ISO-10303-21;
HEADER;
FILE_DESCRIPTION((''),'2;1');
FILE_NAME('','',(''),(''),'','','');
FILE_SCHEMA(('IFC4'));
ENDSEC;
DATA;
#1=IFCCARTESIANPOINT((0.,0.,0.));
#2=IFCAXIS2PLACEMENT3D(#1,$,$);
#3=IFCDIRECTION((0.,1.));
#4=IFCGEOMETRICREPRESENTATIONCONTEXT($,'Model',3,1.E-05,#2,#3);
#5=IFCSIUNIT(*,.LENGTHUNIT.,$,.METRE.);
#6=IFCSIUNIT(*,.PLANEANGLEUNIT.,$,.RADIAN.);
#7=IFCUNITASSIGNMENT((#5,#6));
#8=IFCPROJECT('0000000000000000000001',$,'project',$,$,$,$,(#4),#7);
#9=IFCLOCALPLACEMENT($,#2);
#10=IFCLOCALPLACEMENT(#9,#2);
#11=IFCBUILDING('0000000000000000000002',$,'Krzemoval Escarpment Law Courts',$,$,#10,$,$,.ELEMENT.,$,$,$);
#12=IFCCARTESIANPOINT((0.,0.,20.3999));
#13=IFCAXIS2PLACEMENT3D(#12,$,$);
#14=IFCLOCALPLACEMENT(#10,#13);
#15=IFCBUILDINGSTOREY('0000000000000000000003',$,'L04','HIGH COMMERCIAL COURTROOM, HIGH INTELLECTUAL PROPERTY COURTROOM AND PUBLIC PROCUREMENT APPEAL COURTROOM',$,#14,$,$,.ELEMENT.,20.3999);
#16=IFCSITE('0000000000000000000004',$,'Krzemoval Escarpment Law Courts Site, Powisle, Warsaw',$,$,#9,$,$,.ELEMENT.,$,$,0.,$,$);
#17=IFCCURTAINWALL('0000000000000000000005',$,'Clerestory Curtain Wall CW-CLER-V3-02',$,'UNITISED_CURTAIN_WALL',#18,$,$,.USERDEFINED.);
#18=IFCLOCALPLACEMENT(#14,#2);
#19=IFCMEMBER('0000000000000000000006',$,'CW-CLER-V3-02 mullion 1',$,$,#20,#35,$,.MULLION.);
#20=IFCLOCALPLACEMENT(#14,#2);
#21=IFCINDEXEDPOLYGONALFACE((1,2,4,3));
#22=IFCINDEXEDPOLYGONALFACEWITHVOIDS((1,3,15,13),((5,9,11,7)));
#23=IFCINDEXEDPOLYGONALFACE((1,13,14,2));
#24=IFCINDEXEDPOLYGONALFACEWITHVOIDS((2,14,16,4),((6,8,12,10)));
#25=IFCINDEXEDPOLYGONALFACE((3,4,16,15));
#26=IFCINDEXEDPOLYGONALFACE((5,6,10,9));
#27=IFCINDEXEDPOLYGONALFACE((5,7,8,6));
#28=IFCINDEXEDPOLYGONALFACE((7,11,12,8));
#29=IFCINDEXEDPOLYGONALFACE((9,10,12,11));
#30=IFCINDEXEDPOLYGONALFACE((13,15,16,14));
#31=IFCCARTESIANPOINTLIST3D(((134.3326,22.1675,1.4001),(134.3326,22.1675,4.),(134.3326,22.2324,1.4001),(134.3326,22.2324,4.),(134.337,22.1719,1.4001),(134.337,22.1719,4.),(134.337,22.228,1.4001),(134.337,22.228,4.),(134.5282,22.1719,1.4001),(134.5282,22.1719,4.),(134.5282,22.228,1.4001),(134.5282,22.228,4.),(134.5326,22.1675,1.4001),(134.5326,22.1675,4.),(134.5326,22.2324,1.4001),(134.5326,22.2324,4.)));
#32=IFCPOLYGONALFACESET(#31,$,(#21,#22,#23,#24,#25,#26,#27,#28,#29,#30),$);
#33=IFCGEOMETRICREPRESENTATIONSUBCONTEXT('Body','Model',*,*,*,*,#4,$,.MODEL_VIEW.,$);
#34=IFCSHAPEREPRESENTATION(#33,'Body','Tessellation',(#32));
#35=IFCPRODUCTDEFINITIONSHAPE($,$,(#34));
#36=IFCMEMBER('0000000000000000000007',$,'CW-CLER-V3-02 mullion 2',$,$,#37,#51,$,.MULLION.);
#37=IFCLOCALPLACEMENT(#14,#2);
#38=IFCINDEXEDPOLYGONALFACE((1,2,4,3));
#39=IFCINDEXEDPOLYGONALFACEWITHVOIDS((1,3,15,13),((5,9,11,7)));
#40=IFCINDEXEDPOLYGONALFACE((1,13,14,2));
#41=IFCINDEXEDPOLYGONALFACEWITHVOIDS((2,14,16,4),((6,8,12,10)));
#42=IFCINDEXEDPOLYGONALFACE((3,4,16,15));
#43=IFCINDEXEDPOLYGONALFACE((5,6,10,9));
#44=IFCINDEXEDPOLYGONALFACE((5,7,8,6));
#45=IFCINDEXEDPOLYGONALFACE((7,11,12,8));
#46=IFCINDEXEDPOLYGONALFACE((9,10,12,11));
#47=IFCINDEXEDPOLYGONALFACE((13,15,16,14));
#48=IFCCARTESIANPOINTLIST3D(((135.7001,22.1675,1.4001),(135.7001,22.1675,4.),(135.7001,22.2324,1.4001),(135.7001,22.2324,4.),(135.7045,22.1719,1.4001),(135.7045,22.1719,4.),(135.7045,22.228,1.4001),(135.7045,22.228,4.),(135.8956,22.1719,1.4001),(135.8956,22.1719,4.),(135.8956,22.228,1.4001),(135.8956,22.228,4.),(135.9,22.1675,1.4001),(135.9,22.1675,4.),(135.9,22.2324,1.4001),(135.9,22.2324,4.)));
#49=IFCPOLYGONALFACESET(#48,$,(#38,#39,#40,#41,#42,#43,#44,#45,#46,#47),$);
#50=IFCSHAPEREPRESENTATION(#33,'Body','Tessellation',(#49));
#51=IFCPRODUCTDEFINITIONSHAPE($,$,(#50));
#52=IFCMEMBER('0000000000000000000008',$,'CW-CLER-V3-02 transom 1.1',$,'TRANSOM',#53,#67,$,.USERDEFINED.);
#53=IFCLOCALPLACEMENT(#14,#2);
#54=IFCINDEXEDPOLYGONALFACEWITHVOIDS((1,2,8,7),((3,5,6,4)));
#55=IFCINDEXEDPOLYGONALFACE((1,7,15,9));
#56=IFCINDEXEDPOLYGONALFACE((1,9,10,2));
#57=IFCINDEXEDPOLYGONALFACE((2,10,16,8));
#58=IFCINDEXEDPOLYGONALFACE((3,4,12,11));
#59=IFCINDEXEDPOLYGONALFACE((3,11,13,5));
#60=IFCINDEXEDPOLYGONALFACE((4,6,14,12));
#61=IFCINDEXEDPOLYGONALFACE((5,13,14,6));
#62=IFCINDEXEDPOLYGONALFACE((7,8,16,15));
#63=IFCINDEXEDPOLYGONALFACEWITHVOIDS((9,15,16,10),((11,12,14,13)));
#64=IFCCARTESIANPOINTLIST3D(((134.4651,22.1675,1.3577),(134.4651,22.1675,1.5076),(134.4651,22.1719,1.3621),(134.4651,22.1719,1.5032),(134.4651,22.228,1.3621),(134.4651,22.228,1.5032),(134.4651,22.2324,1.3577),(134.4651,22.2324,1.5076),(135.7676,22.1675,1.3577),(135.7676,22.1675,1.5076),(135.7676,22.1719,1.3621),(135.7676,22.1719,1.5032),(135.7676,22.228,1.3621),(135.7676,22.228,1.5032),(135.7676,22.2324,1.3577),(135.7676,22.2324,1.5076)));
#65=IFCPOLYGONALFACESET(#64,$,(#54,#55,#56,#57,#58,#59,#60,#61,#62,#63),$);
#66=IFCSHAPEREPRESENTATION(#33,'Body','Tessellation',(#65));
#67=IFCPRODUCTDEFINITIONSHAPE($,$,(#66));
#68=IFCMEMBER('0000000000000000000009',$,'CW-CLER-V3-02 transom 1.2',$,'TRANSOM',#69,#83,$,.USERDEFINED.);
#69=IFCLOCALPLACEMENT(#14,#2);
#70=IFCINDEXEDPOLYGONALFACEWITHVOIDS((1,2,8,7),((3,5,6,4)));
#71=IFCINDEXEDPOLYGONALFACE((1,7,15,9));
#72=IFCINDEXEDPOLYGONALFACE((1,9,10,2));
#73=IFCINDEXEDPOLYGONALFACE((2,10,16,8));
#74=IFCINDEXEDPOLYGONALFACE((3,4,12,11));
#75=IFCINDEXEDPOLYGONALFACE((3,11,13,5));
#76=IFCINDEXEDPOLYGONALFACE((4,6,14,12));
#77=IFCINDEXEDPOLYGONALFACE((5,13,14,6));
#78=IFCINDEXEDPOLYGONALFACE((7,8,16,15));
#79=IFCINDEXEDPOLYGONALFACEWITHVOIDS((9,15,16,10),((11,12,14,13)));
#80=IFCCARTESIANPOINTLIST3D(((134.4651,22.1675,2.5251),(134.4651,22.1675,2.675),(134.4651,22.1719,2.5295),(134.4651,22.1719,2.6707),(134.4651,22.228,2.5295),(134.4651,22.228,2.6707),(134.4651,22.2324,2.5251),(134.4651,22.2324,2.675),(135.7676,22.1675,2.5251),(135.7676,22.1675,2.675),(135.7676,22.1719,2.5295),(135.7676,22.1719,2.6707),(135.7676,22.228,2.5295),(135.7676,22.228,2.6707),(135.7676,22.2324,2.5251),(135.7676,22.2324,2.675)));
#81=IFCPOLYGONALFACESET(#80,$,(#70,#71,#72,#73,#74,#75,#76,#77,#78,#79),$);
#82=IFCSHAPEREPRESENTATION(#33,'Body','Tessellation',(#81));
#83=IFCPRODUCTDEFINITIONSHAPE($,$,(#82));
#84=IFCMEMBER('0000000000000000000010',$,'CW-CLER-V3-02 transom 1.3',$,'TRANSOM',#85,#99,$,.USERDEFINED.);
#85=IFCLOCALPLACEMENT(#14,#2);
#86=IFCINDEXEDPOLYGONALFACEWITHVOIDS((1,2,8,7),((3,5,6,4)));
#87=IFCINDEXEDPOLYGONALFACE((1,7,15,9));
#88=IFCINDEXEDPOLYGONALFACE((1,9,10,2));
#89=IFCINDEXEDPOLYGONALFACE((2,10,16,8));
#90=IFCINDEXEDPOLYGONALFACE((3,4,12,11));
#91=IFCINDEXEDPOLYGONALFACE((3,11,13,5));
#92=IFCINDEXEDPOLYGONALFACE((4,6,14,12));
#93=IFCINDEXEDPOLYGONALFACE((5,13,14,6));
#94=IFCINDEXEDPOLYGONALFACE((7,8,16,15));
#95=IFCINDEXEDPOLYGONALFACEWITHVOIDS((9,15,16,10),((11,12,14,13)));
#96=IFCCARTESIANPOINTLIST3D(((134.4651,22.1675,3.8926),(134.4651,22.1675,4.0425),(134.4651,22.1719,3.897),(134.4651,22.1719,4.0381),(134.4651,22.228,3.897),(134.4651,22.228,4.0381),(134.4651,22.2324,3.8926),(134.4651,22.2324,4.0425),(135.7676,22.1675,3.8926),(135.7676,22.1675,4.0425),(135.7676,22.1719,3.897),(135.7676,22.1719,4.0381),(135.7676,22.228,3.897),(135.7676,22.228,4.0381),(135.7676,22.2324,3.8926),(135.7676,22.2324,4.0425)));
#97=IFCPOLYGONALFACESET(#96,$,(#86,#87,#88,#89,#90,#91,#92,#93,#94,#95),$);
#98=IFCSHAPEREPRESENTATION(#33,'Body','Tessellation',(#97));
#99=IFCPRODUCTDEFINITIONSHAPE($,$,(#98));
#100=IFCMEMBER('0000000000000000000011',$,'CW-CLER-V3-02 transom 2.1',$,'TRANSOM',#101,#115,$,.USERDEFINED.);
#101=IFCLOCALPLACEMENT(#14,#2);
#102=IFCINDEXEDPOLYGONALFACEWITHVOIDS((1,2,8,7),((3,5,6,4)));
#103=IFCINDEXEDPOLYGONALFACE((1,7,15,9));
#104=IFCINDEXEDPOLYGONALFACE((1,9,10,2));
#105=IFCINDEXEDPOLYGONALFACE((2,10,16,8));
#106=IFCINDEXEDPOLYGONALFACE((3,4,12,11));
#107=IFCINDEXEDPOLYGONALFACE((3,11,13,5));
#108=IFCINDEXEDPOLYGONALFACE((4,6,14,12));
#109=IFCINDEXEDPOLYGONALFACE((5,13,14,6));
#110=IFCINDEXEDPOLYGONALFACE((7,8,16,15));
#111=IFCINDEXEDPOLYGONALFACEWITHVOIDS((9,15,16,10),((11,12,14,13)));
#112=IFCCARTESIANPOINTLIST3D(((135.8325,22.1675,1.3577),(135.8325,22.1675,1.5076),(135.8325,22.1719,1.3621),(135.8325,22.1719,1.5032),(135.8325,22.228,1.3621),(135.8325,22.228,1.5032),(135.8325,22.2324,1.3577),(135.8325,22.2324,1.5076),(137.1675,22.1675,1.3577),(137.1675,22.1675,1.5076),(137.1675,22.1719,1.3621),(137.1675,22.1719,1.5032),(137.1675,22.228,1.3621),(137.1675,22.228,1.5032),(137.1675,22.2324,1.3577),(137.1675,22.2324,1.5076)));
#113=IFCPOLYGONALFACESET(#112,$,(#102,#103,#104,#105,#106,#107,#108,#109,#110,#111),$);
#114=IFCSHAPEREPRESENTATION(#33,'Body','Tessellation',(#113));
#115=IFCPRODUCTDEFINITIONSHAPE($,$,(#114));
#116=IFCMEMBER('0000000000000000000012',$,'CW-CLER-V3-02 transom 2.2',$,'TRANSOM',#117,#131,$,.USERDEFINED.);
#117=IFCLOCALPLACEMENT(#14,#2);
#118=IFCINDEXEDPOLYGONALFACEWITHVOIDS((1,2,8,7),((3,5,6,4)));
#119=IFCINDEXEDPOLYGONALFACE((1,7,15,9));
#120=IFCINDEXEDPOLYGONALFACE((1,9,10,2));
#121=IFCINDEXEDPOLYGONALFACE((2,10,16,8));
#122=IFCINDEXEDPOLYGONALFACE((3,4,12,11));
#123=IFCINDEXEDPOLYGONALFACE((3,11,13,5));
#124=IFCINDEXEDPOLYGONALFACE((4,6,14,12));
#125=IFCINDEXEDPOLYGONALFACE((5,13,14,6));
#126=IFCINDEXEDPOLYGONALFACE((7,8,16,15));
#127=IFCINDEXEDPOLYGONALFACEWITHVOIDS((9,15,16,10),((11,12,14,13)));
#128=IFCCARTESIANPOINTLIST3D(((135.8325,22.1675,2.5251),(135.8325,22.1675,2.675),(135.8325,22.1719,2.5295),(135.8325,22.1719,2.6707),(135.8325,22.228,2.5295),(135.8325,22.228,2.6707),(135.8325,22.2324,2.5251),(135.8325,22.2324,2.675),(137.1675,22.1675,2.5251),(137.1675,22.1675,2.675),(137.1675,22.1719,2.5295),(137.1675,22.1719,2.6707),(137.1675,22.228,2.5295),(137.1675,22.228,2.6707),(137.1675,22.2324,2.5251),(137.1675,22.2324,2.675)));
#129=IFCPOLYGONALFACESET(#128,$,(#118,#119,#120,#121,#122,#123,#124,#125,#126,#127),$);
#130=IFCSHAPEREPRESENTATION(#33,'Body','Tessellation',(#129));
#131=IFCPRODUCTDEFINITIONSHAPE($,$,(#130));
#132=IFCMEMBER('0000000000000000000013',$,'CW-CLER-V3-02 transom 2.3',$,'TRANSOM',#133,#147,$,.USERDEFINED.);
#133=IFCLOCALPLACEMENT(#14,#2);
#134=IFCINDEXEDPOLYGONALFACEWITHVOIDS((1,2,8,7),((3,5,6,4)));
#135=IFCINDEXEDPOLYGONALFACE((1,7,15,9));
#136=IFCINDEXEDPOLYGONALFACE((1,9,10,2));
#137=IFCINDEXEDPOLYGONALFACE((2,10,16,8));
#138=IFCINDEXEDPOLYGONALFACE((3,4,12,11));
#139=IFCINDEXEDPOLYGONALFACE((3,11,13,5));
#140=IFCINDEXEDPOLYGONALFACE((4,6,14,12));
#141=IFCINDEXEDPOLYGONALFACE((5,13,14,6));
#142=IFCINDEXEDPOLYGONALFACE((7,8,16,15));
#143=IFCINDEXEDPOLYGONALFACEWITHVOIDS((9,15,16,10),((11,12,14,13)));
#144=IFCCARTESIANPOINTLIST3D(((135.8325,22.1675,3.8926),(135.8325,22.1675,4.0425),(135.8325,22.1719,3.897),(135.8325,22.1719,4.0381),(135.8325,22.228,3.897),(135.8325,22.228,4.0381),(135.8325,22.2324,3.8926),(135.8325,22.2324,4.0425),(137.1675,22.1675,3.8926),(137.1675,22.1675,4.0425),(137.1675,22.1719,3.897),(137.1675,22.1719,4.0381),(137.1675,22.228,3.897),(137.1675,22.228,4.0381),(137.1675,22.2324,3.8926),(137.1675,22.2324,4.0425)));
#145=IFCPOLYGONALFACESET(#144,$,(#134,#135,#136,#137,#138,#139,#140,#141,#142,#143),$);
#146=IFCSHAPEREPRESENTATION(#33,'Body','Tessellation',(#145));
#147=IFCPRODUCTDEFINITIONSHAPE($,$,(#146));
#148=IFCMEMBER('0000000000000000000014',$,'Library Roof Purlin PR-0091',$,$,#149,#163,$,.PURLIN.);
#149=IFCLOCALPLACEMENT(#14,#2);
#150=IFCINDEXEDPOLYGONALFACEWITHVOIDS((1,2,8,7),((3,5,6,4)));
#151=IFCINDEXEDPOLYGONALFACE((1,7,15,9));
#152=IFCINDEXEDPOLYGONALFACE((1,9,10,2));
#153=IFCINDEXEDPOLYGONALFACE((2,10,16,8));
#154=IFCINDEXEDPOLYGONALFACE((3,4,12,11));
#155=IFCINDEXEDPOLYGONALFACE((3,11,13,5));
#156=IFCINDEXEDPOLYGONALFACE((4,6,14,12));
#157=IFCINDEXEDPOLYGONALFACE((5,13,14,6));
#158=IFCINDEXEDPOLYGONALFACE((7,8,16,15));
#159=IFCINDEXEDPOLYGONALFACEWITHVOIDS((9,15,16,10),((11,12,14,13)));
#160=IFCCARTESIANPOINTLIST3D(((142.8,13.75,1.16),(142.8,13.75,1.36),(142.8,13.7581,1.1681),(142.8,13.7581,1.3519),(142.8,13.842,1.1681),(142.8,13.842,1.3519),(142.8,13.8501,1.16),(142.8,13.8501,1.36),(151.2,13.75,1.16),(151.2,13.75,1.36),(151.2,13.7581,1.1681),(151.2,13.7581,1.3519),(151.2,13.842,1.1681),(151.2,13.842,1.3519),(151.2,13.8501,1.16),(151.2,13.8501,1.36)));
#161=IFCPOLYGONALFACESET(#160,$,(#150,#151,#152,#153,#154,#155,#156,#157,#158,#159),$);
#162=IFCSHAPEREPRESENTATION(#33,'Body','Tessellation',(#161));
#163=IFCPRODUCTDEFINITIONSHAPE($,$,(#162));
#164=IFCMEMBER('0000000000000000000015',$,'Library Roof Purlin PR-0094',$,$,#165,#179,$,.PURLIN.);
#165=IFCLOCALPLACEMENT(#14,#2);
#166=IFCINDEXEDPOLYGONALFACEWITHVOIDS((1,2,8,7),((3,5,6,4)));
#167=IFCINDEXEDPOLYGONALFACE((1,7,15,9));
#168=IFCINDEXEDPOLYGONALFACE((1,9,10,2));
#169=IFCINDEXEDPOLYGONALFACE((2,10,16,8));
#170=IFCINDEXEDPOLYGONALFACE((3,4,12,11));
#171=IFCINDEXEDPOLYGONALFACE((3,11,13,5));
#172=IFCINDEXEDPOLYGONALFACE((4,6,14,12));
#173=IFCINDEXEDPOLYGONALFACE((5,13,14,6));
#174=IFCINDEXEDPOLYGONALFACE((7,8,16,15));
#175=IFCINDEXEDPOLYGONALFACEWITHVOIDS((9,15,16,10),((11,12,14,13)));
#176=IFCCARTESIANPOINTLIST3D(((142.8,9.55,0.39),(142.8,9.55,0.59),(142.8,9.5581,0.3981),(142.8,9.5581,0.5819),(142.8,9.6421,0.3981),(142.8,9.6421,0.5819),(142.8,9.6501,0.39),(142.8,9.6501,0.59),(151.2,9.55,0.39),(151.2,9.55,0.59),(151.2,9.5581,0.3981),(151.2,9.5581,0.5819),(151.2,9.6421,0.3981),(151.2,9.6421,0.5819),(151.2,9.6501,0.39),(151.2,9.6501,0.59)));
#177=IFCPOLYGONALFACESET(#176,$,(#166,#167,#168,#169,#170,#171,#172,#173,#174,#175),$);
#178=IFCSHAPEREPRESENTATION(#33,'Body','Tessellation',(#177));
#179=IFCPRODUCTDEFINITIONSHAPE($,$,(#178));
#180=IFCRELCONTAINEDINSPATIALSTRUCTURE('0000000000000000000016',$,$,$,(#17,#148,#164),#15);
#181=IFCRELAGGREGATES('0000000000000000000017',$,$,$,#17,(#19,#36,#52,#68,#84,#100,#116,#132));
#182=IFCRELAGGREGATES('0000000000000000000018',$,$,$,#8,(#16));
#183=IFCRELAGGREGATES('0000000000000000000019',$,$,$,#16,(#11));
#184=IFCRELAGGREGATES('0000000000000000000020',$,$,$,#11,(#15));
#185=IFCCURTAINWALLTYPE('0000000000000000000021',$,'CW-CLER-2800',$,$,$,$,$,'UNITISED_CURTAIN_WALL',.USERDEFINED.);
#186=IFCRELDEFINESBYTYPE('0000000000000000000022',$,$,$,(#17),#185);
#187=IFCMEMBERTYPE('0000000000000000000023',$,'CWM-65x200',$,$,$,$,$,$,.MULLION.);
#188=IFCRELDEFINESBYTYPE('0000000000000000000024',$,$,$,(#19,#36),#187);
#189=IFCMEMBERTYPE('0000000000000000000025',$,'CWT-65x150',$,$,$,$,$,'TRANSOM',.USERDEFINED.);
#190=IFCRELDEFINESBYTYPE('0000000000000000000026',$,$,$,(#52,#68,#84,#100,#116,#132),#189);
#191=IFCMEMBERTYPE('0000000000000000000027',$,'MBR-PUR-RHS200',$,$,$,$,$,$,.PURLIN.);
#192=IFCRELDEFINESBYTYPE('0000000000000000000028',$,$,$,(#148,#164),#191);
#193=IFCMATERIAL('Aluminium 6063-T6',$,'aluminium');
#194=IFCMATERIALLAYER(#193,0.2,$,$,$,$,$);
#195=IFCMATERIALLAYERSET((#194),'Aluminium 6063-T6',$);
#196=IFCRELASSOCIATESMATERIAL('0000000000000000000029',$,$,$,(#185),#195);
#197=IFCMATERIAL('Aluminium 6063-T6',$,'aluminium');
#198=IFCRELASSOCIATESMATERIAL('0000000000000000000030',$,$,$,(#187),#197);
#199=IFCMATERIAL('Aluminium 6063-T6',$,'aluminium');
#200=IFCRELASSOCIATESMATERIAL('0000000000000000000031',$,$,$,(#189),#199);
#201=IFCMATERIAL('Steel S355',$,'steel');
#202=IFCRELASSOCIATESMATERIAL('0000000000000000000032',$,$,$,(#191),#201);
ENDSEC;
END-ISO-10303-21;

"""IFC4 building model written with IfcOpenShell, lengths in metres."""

from ifc_helpers import new_model, si_unit, direction, frame, origin, origin_2d, place, context, subcontext, project, spatial, hollow_rectangle, extrude, material, layer, layer_set, material_profile, profile_set, type_object, element, aggregate, save


model = new_model("IFC4")

# Units and contexts
model_context = context("Model", 3, precision=1e-05, world=origin(), true_north=direction((0.0, 1.0)))
body_context = subcontext(model_context, "Body", "Model", "MODEL_VIEW")
ifc_project = project(units=[si_unit("LENGTHUNIT", "METRE"), si_unit("PLANEANGLEUNIT", "RADIAN")], contexts=[model_context])

# Site, building, storey
site_placement = place(None, origin())
site = spatial("IfcSite", under=ifc_project, at=site_placement, Name="Krzemoval Escarpment Law Courts Site, Powisle, Warsaw", CompositionType="ELEMENT", RefElevation=0.0)
building_placement = place(site_placement, origin())
building = spatial("IfcBuilding", under=site, at=building_placement, Name="Krzemoval Escarpment Law Courts", CompositionType="ELEMENT")
storey_placement = place(building_placement, frame((0.0, 0.0, 20.3999)))
storey = spatial("IfcBuildingStorey", under=building, at=storey_placement, Name="L04", Description="HIGH COMMERCIAL COURTROOM, HIGH INTELLECTUAL PROPERTY COURTROOM AND PUBLIC PROCUREMENT APPEAL COURTROOM", CompositionType="ELEMENT", Elevation=20.3999)

# Curtain wall, members
ifc_material_1 = material(Name="Aluminium 6063-T6", Category="aluminium")
ifc_layer_1 = layer(ifc_material_1, 0.2)
ifc_layer_set_1 = layer_set([ifc_layer_1], Name="Aluminium 6063-T6")
curtain_wall_type = type_object("IfcCurtainWallType", Name="CW-CLER-2800", ElementType="UNITISED_CURTAIN_WALL", PredefinedType="USERDEFINED", material=ifc_layer_set_1)
curtain_wall_placement = place(storey_placement, origin())
curtain_wall = element("IfcCurtainWall", 1, at=curtain_wall_placement, inside=storey, type_object=curtain_wall_type, Name="Clerestory Curtain Wall CW-CLER-V3-02", ObjectType="UNITISED_CURTAIN_WALL", PredefinedType="USERDEFINED")
ifc_material_2 = material(Name="Aluminium 6063-T6", Category="aluminium")
ifc_material_profile_1 = material_profile(ifc_material_2, hollow_rectangle(XDim=0.0649, YDim=0.2, WallThickness=0.0044, at=origin_2d()), Name="ALU M65x200")
ifc_profile_set_1 = profile_set([ifc_material_profile_1], Name="Aluminium 6063-T6")
member_type_1 = type_object("IfcMemberType", Name="CWM-65x200", PredefinedType="MULLION", material=ifc_profile_set_1)
member_1_placement = place(storey_placement, frame((134.4326, 22.2, 1.4001), z_axis=(0.0, 0.0, 1.0), x_axis=(0.0, 1.0, 0.0)))
member_1 = element("IfcMember", 2, at=member_1_placement, type_object=member_type_1, Name="CW-CLER-V3-02 mullion 1", PredefinedType="MULLION", context=body_context, shape_type="SweptSolid", body=[
    extrude(hollow_rectangle(XDim=0.0649, YDim=0.2, WallThickness=0.0044, at=origin_2d()), origin(), (0.0, 0.0, 1.0), 2.5999),
])
member_2_placement = place(storey_placement, frame((135.8, 22.2, 1.4001), z_axis=(0.0, 0.0, 1.0), x_axis=(0.0, 1.0, 0.0)))
member_2 = element("IfcMember", 3, at=member_2_placement, type_object=member_type_1, Name="CW-CLER-V3-02 mullion 2", PredefinedType="MULLION", context=body_context, shape_type="SweptSolid", body=[
    extrude(hollow_rectangle(XDim=0.0649, YDim=0.2, WallThickness=0.0044, at=origin_2d()), origin(), (0.0, 0.0, 1.0), 2.5999),
])
ifc_material_3 = material(Name="Aluminium 6063-T6", Category="aluminium")
ifc_material_profile_2 = material_profile(ifc_material_3, hollow_rectangle(XDim=0.0649, YDim=0.1499, WallThickness=0.0044, at=origin_2d()), Name="ALU T65x150")
ifc_profile_set_2 = profile_set([ifc_material_profile_2], Name="Aluminium 6063-T6")
member_type_2 = type_object("IfcMemberType", Name="CWT-65x150", ElementType="TRANSOM", PredefinedType="USERDEFINED", material=ifc_profile_set_2)
member_3_placement = place(storey_placement, frame((134.4651, 22.2, 1.4326), z_axis=(1.0, 0.0, 0.0), x_axis=(0.0, 1.0, 0.0)))
member_3 = element("IfcMember", 4, at=member_3_placement, type_object=member_type_2, Name="CW-CLER-V3-02 transom 1.1", ObjectType="TRANSOM", PredefinedType="USERDEFINED", context=body_context, shape_type="SweptSolid", body=[
    extrude(hollow_rectangle(XDim=0.0649, YDim=0.1499, WallThickness=0.0044, at=origin_2d()), origin(), (0.0, 0.0, 1.0), 1.3025),
])
member_4_placement = place(storey_placement, frame((134.4651, 22.2, 2.6001), z_axis=(1.0, 0.0, 0.0), x_axis=(0.0, 1.0, 0.0)))
member_4 = element("IfcMember", 5, at=member_4_placement, type_object=member_type_2, Name="CW-CLER-V3-02 transom 1.2", ObjectType="TRANSOM", PredefinedType="USERDEFINED", context=body_context, shape_type="SweptSolid", body=[
    extrude(hollow_rectangle(XDim=0.0649, YDim=0.1499, WallThickness=0.0044, at=origin_2d()), origin(), (0.0, 0.0, 1.0), 1.3025),
])
member_5_placement = place(storey_placement, frame((134.4651, 22.2, 3.9675), z_axis=(1.0, 0.0, 0.0), x_axis=(0.0, 1.0, 0.0)))
member_5 = element("IfcMember", 6, at=member_5_placement, type_object=member_type_2, Name="CW-CLER-V3-02 transom 1.3", ObjectType="TRANSOM", PredefinedType="USERDEFINED", context=body_context, shape_type="SweptSolid", body=[
    extrude(hollow_rectangle(XDim=0.0649, YDim=0.1499, WallThickness=0.0044, at=origin_2d()), origin(), (0.0, 0.0, 1.0), 1.3025),
])
member_6_placement = place(storey_placement, frame((135.8325, 22.2, 1.4326), z_axis=(1.0, 0.0, 0.0), x_axis=(0.0, 1.0, 0.0)))
member_6 = element("IfcMember", 7, at=member_6_placement, type_object=member_type_2, Name="CW-CLER-V3-02 transom 2.1", ObjectType="TRANSOM", PredefinedType="USERDEFINED", context=body_context, shape_type="SweptSolid", body=[
    extrude(hollow_rectangle(XDim=0.0649, YDim=0.1499, WallThickness=0.0044, at=origin_2d()), origin(), (0.0, 0.0, 1.0), 1.335),
])
member_7_placement = place(storey_placement, frame((135.8325, 22.2, 2.6001), z_axis=(1.0, 0.0, 0.0), x_axis=(0.0, 1.0, 0.0)))
member_7 = element("IfcMember", 8, at=member_7_placement, type_object=member_type_2, Name="CW-CLER-V3-02 transom 2.2", ObjectType="TRANSOM", PredefinedType="USERDEFINED", context=body_context, shape_type="SweptSolid", body=[
    extrude(hollow_rectangle(XDim=0.0649, YDim=0.1499, WallThickness=0.0044, at=origin_2d()), origin(), (0.0, 0.0, 1.0), 1.335),
])
member_8_placement = place(storey_placement, frame((135.8325, 22.2, 3.9675), z_axis=(1.0, 0.0, 0.0), x_axis=(0.0, 1.0, 0.0)))
member_8 = element("IfcMember", 9, at=member_8_placement, type_object=member_type_2, Name="CW-CLER-V3-02 transom 2.3", ObjectType="TRANSOM", PredefinedType="USERDEFINED", context=body_context, shape_type="SweptSolid", body=[
    extrude(hollow_rectangle(XDim=0.0649, YDim=0.1499, WallThickness=0.0044, at=origin_2d()), origin(), (0.0, 0.0, 1.0), 1.335),
])

# Members
ifc_material_4 = material(Name="Steel S355", Category="steel")
ifc_material_profile_3 = material_profile(ifc_material_4, hollow_rectangle(XDim=0.1001, YDim=0.2, WallThickness=0.0081, at=origin_2d()), Name="RHS 200x100x8")
ifc_profile_set_3 = profile_set([ifc_material_profile_3], Name="Steel S355")
member_type_3 = type_object("IfcMemberType", Name="MBR-PUR-RHS200", PredefinedType="PURLIN", material=ifc_profile_set_3)
for number, where, z_axis, x_axis, name in (
    (10, (142.8, 13.8, 1.26), (1.0, 0.0, 0.0), (0.0, 1.0, 0.0), "Library Roof Purlin PR-0091"),
    (11, (142.8, 9.6001, 0.49), (1.0, 0.0, 0.0), (0.0, 1.0, 0.0), "Library Roof Purlin PR-0094"),
):
    element("IfcMember", number, at=place(storey_placement, frame(where, z_axis=z_axis, x_axis=x_axis)), inside=storey, type_object=member_type_3, Name=name, PredefinedType="PURLIN", context=body_context, shape_type="SweptSolid", body=[
        extrude(hollow_rectangle(XDim=0.1001, YDim=0.2, WallThickness=0.0081, at=origin_2d()), origin(), (0.0, 0.0, 1.0), 8.3999),
    ])

aggregate(curtain_wall, [member_1, member_2, member_3, member_4, member_5, member_6, member_7, member_8])

save(model, "model.ifc")
